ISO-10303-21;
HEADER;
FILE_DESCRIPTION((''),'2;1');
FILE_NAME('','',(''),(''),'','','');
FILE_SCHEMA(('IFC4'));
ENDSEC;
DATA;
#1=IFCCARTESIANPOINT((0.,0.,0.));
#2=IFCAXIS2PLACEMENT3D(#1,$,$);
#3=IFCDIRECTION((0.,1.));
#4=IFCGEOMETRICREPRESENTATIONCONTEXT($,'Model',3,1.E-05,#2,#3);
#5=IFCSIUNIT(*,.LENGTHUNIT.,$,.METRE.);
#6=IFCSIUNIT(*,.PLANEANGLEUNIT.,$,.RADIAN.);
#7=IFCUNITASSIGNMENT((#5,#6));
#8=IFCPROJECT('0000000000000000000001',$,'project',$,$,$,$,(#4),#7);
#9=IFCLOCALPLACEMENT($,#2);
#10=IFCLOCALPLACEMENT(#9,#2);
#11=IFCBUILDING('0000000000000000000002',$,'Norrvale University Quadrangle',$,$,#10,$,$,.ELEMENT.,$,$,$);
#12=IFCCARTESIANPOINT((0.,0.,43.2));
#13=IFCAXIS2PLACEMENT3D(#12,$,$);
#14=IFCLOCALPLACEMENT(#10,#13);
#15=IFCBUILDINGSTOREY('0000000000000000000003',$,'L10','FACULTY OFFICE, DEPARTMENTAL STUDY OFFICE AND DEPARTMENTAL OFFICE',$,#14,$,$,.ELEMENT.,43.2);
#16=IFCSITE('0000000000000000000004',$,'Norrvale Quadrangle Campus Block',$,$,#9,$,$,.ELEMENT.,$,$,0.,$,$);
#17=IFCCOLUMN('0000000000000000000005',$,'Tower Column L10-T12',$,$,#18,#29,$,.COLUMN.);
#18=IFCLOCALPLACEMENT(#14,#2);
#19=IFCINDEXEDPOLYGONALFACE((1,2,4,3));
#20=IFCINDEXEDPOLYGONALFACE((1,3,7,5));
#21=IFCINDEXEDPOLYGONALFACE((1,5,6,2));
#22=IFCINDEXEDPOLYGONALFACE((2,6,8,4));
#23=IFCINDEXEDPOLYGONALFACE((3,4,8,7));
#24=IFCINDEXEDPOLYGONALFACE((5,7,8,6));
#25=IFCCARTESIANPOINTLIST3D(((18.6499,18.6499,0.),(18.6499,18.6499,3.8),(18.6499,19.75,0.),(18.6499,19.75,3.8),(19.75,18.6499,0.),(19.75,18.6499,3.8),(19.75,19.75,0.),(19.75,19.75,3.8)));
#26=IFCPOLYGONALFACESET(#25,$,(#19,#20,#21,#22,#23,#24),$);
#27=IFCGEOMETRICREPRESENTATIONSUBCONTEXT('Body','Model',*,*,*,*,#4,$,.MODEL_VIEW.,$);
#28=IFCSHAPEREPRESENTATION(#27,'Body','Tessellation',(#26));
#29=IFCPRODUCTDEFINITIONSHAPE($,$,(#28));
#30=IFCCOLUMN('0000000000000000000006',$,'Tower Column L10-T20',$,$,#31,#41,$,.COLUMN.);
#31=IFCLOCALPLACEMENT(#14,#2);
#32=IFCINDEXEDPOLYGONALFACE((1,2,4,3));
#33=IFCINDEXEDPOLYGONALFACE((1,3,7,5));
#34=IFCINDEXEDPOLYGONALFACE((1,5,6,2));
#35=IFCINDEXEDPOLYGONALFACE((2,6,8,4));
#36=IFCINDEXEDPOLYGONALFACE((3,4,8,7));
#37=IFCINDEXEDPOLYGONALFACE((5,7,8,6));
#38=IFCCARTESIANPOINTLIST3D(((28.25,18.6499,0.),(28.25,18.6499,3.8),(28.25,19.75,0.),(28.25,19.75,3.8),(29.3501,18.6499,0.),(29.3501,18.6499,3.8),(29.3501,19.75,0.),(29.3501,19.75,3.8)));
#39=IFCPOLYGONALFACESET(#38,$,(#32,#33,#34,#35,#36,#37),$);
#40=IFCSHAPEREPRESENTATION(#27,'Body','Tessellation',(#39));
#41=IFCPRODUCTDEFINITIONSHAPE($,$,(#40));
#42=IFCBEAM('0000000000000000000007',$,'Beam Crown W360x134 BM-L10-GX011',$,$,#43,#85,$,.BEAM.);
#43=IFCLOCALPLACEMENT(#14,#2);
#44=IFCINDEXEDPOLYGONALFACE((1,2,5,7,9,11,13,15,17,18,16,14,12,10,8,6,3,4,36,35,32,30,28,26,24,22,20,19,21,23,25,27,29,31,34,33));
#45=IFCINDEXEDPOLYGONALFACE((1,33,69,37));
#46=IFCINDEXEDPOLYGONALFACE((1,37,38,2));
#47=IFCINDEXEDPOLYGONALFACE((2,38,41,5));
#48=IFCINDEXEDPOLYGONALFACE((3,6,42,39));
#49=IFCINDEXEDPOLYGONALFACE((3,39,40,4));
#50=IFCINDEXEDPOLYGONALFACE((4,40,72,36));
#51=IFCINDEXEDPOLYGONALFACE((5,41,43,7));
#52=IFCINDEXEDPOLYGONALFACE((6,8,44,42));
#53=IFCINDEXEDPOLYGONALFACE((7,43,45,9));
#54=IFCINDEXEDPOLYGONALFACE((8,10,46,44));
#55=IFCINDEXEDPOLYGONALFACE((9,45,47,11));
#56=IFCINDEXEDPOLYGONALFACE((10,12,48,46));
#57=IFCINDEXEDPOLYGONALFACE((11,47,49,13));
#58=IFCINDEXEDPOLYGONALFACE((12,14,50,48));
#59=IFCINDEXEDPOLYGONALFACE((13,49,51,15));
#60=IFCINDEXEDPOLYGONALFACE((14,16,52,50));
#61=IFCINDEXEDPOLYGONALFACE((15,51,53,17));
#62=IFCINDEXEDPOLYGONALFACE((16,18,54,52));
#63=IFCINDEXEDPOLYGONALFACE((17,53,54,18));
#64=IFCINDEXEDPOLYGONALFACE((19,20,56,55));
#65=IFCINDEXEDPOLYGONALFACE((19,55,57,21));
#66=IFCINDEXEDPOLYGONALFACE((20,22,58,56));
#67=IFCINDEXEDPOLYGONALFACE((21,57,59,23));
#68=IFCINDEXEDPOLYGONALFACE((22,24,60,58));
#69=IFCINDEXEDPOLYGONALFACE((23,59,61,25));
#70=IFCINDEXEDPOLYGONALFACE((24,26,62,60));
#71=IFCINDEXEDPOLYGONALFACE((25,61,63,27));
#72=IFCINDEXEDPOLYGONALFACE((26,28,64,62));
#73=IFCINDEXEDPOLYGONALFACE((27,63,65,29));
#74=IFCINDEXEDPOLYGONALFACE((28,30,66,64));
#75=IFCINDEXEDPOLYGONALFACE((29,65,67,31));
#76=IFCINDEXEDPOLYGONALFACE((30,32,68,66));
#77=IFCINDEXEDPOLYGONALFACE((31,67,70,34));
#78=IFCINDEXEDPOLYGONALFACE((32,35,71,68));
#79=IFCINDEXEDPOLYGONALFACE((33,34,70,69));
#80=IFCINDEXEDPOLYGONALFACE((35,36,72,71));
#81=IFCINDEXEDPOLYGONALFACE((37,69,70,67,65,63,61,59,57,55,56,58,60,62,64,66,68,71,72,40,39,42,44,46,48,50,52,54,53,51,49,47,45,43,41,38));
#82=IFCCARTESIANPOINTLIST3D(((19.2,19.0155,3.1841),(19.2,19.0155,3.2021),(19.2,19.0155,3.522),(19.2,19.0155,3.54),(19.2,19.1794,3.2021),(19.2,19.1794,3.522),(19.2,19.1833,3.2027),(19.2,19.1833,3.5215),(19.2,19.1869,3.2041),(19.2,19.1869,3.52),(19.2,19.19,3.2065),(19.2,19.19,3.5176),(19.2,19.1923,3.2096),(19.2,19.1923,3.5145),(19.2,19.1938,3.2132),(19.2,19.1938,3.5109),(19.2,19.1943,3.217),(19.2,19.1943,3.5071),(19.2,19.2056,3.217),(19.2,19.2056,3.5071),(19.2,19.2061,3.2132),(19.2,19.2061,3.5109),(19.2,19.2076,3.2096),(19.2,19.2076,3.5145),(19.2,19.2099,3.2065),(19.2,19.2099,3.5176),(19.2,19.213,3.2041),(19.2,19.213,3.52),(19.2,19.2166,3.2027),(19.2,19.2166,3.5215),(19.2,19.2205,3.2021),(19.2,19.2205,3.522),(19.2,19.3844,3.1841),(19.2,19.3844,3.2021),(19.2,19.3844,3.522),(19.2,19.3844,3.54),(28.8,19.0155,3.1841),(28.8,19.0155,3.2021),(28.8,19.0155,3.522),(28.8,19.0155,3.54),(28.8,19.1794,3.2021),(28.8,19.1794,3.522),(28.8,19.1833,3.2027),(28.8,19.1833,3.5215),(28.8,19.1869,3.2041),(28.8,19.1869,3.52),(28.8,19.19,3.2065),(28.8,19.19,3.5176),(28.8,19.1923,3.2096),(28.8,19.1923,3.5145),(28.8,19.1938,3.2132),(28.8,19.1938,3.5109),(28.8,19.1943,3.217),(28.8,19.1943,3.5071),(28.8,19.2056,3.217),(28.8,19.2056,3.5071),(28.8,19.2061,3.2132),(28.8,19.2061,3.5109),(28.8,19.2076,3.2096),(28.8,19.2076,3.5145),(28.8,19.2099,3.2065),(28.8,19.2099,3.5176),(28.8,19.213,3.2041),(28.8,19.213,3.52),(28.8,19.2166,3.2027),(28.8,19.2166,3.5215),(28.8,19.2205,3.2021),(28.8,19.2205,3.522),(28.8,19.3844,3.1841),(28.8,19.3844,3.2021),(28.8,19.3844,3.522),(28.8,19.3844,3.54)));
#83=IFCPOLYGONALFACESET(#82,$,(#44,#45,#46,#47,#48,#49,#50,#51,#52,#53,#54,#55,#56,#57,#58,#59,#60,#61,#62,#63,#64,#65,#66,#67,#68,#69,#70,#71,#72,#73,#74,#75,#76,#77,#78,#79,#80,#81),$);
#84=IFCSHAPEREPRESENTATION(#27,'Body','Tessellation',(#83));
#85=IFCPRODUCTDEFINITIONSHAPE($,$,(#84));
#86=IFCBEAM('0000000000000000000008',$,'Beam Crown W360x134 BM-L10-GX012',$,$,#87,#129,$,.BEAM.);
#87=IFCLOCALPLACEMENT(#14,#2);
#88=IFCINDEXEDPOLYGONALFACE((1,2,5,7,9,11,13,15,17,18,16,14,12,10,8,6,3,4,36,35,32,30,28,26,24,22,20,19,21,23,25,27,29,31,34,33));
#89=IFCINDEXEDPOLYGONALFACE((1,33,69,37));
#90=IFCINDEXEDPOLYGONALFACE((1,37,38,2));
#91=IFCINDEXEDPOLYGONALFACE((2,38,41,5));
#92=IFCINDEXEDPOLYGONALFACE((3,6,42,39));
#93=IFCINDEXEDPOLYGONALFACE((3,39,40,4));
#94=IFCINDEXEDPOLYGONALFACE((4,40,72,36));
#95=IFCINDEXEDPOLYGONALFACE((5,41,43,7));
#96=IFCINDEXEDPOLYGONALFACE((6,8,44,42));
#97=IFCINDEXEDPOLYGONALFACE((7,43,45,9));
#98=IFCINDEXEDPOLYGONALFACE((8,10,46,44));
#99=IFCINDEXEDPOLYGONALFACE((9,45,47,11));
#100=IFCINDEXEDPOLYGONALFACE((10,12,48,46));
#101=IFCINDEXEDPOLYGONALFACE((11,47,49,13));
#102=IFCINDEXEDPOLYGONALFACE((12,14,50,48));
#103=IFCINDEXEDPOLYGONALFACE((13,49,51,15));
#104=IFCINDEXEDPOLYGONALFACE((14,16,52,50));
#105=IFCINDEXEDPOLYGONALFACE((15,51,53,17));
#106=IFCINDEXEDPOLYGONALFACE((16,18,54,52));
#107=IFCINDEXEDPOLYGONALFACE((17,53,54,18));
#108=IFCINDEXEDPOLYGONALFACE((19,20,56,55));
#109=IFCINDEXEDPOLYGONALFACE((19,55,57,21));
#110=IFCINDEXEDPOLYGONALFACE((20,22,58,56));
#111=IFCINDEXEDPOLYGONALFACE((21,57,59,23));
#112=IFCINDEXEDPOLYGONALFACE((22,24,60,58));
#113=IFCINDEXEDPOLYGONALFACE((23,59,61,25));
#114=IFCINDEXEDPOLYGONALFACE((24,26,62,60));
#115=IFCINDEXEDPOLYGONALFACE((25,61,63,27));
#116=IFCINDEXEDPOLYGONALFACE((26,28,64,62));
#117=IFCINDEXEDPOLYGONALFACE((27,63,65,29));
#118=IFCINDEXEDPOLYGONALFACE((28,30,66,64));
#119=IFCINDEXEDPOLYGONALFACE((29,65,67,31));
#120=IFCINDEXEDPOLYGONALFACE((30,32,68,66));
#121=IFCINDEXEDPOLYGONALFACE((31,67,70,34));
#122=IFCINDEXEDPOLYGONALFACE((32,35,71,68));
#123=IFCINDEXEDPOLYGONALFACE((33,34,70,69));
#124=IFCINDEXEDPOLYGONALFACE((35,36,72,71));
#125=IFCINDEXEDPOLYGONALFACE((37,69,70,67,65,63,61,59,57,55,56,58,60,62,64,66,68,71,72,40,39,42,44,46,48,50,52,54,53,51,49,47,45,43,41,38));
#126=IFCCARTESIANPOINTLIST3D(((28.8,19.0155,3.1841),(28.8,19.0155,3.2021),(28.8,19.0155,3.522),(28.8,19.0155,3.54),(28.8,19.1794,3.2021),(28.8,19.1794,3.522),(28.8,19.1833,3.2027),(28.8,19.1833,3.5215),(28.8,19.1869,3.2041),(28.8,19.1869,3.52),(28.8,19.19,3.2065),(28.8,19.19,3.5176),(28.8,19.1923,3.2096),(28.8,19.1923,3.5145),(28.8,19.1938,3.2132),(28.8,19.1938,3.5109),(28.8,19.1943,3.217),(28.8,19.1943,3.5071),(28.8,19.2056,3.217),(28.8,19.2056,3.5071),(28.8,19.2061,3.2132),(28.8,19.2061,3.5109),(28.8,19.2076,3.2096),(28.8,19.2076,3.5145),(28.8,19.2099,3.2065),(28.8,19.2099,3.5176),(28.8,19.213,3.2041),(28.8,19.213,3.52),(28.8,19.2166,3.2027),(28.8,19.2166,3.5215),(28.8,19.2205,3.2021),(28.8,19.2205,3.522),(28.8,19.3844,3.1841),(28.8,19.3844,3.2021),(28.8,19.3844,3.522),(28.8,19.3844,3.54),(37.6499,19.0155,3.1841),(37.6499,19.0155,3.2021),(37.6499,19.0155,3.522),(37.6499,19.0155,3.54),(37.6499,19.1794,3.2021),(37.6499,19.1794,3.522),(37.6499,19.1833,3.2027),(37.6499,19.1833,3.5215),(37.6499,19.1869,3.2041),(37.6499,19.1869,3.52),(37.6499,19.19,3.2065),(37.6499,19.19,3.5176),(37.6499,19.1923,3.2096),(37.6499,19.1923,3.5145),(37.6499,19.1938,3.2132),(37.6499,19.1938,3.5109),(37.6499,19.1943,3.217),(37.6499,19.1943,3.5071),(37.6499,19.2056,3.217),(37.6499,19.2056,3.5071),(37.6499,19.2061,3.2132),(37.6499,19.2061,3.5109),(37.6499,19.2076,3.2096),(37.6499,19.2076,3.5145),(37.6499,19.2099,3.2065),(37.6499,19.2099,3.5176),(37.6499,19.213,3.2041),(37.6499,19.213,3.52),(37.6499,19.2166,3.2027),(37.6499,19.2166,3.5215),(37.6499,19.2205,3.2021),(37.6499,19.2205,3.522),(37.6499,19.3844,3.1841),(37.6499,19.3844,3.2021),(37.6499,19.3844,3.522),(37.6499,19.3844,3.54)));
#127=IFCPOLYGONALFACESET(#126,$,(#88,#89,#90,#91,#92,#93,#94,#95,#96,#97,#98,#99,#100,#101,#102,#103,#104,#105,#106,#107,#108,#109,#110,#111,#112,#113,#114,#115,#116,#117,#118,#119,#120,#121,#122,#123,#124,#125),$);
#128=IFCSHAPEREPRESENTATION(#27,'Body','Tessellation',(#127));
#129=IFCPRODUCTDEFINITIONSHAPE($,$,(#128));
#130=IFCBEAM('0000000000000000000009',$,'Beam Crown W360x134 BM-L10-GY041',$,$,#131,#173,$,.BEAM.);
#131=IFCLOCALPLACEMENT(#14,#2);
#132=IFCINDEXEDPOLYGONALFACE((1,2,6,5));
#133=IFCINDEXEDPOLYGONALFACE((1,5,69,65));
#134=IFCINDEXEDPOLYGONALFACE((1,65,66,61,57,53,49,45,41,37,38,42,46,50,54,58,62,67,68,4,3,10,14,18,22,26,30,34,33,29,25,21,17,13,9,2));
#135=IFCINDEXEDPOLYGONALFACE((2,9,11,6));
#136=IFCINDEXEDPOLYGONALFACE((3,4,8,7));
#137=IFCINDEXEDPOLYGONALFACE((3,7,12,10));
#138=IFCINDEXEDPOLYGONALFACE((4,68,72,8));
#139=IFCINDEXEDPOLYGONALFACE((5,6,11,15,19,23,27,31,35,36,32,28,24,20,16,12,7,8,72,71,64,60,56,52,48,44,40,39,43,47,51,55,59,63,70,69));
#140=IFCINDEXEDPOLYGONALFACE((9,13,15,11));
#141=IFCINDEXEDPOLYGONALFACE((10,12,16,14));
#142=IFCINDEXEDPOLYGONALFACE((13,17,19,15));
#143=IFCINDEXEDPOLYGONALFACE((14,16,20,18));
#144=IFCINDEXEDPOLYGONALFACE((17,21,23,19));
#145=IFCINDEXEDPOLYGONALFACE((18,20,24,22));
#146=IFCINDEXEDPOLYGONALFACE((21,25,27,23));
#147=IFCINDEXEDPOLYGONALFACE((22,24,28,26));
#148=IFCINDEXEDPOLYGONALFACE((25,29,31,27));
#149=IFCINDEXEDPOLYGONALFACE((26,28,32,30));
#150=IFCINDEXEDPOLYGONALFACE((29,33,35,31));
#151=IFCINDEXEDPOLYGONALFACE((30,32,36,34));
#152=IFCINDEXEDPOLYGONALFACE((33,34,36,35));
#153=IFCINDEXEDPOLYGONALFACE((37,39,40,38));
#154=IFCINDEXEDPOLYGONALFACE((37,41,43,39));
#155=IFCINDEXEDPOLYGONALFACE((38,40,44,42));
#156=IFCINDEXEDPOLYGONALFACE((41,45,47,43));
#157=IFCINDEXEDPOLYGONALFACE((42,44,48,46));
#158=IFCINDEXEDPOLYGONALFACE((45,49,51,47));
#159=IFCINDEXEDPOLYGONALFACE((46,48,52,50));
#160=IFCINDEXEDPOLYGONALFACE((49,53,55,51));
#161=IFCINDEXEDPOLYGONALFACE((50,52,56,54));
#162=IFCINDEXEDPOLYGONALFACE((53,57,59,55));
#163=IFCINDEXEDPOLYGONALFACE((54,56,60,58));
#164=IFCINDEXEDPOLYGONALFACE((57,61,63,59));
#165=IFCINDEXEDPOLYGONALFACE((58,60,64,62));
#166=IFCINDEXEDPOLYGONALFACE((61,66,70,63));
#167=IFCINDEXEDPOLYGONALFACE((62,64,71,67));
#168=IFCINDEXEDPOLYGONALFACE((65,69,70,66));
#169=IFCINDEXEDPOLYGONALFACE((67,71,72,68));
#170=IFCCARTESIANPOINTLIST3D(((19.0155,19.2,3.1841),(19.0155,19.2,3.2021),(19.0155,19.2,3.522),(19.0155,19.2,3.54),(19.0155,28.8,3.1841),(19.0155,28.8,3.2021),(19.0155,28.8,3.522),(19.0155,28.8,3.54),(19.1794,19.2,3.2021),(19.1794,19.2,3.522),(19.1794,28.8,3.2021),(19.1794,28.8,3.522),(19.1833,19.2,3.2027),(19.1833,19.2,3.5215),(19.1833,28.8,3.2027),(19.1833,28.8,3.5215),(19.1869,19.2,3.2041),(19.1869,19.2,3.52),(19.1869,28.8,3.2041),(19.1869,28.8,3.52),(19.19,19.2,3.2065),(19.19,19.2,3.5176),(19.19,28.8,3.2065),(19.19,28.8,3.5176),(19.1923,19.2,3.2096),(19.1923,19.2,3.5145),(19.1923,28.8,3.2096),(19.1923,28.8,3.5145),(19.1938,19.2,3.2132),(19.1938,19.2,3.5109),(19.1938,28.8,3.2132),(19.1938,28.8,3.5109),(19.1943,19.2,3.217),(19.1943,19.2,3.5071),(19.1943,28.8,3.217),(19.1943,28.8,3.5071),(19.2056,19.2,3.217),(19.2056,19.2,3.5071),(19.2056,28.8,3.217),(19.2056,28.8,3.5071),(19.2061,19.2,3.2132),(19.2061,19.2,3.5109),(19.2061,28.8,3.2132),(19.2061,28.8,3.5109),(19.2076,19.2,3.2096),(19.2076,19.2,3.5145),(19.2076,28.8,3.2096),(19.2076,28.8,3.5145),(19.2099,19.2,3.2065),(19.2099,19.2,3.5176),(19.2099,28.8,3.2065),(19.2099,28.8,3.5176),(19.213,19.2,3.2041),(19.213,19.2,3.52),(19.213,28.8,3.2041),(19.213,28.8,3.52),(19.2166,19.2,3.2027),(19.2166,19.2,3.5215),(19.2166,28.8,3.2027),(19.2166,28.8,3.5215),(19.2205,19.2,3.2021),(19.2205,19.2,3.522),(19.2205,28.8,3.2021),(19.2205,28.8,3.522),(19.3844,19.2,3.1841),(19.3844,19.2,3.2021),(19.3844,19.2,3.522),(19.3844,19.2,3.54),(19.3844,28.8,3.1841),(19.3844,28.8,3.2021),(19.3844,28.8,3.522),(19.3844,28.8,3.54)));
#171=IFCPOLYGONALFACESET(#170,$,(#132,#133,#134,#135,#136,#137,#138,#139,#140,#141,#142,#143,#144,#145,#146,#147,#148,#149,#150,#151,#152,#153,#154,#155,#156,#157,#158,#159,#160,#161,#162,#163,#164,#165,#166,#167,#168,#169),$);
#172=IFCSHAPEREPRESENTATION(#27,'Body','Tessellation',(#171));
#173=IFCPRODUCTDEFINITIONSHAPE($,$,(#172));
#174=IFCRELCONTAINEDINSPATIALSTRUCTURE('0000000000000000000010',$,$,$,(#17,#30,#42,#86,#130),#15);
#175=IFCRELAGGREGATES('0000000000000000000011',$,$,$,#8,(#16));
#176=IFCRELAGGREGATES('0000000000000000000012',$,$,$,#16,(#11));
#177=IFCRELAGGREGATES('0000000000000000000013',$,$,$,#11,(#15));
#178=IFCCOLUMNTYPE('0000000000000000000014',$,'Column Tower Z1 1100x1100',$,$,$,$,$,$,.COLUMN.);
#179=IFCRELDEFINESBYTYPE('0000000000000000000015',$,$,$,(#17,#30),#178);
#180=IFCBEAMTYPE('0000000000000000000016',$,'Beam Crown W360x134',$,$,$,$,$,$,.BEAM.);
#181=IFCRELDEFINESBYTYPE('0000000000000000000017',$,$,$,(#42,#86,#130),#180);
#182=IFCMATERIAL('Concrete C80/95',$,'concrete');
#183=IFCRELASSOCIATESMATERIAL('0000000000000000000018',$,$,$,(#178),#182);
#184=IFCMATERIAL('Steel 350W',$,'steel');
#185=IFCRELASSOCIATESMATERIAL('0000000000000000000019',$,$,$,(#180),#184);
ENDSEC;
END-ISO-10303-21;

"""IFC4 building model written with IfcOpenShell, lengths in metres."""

from ifc_helpers import new_model, si_unit, direction, frame, origin, origin_2d, place, context, subcontext, project, spatial, rectangle, i_section, extrude, material, material_profile, profile_set, type_object, element, save


model = new_model("IFC4")

# Units and contexts
model_context = context("Model", 3, precision=1e-05, world=origin(), true_north=direction((0.0, 1.0)))
body_context = subcontext(model_context, "Body", "Model", "MODEL_VIEW")
ifc_project = project(units=[si_unit("LENGTHUNIT", "METRE"), si_unit("PLANEANGLEUNIT", "RADIAN")], contexts=[model_context])

# Site, building, storey
site_placement = place(None, origin())
site = spatial("IfcSite", under=ifc_project, at=site_placement, Name="Norrvale Quadrangle Campus Block", CompositionType="ELEMENT", RefElevation=0.0)
building_placement = place(site_placement, origin())
building = spatial("IfcBuilding", under=site, at=building_placement, Name="Norrvale University Quadrangle", CompositionType="ELEMENT")
storey_placement = place(building_placement, frame((0.0, 0.0, 43.2)))
storey = spatial("IfcBuildingStorey", under=building, at=storey_placement, Name="L10", Description="FACULTY OFFICE, DEPARTMENTAL STUDY OFFICE AND DEPARTMENTAL OFFICE", CompositionType="ELEMENT", Elevation=43.2)

# Columns
ifc_material_1 = material(Name="Concrete C80/95", Category="concrete")
ifc_material_profile_1 = material_profile(ifc_material_1, rectangle(XDim=1.1001, YDim=1.1001, at=origin_2d()), Name="Concrete C80/95")
ifc_profile_set_1 = profile_set([ifc_material_profile_1], Name="Concrete C80/95")
column_type = type_object("IfcColumnType", Name="Column Tower Z1 1100x1100", PredefinedType="COLUMN", material=ifc_profile_set_1)
for number, where, z_axis, x_axis, name in (
    (1, (19.2, 19.2, 0.0), (0.0, 0.0, 1.0), (1.0, 0.0, 0.0), "Tower Column L10-T12"),
    (2, (28.8, 19.2, 0.0), (0.0, 0.0, 1.0), (1.0, 0.0, 0.0), "Tower Column L10-T20"),
):
    element("IfcColumn", number, at=place(storey_placement, frame(where, z_axis=z_axis, x_axis=x_axis)), inside=storey, type_object=column_type, Name=name, PredefinedType="COLUMN", context=body_context, shape_type="SweptSolid", body=[
        extrude(rectangle(XDim=1.1001, YDim=1.1001, at=origin_2d()), origin(), (0.0, 0.0, 1.0), 3.8),
    ])

# Beams
ifc_material_2 = material(Name="Steel 350W", Category="steel")
ifc_material_profile_2 = material_profile(ifc_material_2, i_section(OverallWidth=0.3689, OverallDepth=0.356, WebThickness=0.0112, FlangeThickness=0.0181, FilletRadius=0.0149, at=origin_2d()), Name="Steel 350W")
ifc_profile_set_2 = profile_set([ifc_material_profile_2], Name="Steel 350W")
beam_type_1 = type_object("IfcBeamType", Name="Beam Crown W360x134", PredefinedType="BEAM", material=ifc_profile_set_2)
beam_1_placement = place(storey_placement, frame((19.2, 19.2, 3.3621), z_axis=(1.0, 0.0, 0.0), x_axis=(0.0, 1.0, 0.0)))
element("IfcBeam", 3, at=beam_1_placement, inside=storey, type_object=beam_type_1, Name="Beam Crown W360x134 BM-L10-GX011", PredefinedType="BEAM", context=body_context, shape_type="SweptSolid", body=[
    extrude(i_section(OverallWidth=0.3689, OverallDepth=0.356, WebThickness=0.0112, FlangeThickness=0.0181, FilletRadius=0.0149, at=origin_2d()), origin(), (0.0, 0.0, 1.0), 9.6001),
])
beam_2_placement = place(storey_placement, frame((28.8, 19.2, 3.3621), z_axis=(1.0, 0.0, 0.0), x_axis=(0.0, 1.0, 0.0)))
element("IfcBeam", 4, at=beam_2_placement, inside=storey, type_object=beam_type_1, Name="Beam Crown W360x134 BM-L10-GX012", PredefinedType="BEAM", context=body_context, shape_type="SweptSolid", body=[
    extrude(i_section(OverallWidth=0.3689, OverallDepth=0.356, WebThickness=0.0112, FlangeThickness=0.0181, FilletRadius=0.0149, at=origin_2d()), origin(), (0.0, 0.0, 1.0), 8.8499),
])
for number, where, z_axis, x_axis, name in (
    (5, (19.2, 19.2, 3.3621), (0.0, 1.0, 0.0), (-1.0, 0.0, 0.0), "Beam Crown W360x134 BM-L10-GY041"),
):
    element("IfcBeam", number, at=place(storey_placement, frame(where, z_axis=z_axis, x_axis=x_axis)), inside=storey, type_object=beam_type_1, Name=name, PredefinedType="BEAM", context=body_context, shape_type="SweptSolid", body=[
        extrude(i_section(OverallWidth=0.3689, OverallDepth=0.356, WebThickness=0.0112, FlangeThickness=0.0181, FilletRadius=0.0149, at=origin_2d()), origin(), (0.0, 0.0, 1.0), 9.6001),
    ])

save(model, "model.ifc")
